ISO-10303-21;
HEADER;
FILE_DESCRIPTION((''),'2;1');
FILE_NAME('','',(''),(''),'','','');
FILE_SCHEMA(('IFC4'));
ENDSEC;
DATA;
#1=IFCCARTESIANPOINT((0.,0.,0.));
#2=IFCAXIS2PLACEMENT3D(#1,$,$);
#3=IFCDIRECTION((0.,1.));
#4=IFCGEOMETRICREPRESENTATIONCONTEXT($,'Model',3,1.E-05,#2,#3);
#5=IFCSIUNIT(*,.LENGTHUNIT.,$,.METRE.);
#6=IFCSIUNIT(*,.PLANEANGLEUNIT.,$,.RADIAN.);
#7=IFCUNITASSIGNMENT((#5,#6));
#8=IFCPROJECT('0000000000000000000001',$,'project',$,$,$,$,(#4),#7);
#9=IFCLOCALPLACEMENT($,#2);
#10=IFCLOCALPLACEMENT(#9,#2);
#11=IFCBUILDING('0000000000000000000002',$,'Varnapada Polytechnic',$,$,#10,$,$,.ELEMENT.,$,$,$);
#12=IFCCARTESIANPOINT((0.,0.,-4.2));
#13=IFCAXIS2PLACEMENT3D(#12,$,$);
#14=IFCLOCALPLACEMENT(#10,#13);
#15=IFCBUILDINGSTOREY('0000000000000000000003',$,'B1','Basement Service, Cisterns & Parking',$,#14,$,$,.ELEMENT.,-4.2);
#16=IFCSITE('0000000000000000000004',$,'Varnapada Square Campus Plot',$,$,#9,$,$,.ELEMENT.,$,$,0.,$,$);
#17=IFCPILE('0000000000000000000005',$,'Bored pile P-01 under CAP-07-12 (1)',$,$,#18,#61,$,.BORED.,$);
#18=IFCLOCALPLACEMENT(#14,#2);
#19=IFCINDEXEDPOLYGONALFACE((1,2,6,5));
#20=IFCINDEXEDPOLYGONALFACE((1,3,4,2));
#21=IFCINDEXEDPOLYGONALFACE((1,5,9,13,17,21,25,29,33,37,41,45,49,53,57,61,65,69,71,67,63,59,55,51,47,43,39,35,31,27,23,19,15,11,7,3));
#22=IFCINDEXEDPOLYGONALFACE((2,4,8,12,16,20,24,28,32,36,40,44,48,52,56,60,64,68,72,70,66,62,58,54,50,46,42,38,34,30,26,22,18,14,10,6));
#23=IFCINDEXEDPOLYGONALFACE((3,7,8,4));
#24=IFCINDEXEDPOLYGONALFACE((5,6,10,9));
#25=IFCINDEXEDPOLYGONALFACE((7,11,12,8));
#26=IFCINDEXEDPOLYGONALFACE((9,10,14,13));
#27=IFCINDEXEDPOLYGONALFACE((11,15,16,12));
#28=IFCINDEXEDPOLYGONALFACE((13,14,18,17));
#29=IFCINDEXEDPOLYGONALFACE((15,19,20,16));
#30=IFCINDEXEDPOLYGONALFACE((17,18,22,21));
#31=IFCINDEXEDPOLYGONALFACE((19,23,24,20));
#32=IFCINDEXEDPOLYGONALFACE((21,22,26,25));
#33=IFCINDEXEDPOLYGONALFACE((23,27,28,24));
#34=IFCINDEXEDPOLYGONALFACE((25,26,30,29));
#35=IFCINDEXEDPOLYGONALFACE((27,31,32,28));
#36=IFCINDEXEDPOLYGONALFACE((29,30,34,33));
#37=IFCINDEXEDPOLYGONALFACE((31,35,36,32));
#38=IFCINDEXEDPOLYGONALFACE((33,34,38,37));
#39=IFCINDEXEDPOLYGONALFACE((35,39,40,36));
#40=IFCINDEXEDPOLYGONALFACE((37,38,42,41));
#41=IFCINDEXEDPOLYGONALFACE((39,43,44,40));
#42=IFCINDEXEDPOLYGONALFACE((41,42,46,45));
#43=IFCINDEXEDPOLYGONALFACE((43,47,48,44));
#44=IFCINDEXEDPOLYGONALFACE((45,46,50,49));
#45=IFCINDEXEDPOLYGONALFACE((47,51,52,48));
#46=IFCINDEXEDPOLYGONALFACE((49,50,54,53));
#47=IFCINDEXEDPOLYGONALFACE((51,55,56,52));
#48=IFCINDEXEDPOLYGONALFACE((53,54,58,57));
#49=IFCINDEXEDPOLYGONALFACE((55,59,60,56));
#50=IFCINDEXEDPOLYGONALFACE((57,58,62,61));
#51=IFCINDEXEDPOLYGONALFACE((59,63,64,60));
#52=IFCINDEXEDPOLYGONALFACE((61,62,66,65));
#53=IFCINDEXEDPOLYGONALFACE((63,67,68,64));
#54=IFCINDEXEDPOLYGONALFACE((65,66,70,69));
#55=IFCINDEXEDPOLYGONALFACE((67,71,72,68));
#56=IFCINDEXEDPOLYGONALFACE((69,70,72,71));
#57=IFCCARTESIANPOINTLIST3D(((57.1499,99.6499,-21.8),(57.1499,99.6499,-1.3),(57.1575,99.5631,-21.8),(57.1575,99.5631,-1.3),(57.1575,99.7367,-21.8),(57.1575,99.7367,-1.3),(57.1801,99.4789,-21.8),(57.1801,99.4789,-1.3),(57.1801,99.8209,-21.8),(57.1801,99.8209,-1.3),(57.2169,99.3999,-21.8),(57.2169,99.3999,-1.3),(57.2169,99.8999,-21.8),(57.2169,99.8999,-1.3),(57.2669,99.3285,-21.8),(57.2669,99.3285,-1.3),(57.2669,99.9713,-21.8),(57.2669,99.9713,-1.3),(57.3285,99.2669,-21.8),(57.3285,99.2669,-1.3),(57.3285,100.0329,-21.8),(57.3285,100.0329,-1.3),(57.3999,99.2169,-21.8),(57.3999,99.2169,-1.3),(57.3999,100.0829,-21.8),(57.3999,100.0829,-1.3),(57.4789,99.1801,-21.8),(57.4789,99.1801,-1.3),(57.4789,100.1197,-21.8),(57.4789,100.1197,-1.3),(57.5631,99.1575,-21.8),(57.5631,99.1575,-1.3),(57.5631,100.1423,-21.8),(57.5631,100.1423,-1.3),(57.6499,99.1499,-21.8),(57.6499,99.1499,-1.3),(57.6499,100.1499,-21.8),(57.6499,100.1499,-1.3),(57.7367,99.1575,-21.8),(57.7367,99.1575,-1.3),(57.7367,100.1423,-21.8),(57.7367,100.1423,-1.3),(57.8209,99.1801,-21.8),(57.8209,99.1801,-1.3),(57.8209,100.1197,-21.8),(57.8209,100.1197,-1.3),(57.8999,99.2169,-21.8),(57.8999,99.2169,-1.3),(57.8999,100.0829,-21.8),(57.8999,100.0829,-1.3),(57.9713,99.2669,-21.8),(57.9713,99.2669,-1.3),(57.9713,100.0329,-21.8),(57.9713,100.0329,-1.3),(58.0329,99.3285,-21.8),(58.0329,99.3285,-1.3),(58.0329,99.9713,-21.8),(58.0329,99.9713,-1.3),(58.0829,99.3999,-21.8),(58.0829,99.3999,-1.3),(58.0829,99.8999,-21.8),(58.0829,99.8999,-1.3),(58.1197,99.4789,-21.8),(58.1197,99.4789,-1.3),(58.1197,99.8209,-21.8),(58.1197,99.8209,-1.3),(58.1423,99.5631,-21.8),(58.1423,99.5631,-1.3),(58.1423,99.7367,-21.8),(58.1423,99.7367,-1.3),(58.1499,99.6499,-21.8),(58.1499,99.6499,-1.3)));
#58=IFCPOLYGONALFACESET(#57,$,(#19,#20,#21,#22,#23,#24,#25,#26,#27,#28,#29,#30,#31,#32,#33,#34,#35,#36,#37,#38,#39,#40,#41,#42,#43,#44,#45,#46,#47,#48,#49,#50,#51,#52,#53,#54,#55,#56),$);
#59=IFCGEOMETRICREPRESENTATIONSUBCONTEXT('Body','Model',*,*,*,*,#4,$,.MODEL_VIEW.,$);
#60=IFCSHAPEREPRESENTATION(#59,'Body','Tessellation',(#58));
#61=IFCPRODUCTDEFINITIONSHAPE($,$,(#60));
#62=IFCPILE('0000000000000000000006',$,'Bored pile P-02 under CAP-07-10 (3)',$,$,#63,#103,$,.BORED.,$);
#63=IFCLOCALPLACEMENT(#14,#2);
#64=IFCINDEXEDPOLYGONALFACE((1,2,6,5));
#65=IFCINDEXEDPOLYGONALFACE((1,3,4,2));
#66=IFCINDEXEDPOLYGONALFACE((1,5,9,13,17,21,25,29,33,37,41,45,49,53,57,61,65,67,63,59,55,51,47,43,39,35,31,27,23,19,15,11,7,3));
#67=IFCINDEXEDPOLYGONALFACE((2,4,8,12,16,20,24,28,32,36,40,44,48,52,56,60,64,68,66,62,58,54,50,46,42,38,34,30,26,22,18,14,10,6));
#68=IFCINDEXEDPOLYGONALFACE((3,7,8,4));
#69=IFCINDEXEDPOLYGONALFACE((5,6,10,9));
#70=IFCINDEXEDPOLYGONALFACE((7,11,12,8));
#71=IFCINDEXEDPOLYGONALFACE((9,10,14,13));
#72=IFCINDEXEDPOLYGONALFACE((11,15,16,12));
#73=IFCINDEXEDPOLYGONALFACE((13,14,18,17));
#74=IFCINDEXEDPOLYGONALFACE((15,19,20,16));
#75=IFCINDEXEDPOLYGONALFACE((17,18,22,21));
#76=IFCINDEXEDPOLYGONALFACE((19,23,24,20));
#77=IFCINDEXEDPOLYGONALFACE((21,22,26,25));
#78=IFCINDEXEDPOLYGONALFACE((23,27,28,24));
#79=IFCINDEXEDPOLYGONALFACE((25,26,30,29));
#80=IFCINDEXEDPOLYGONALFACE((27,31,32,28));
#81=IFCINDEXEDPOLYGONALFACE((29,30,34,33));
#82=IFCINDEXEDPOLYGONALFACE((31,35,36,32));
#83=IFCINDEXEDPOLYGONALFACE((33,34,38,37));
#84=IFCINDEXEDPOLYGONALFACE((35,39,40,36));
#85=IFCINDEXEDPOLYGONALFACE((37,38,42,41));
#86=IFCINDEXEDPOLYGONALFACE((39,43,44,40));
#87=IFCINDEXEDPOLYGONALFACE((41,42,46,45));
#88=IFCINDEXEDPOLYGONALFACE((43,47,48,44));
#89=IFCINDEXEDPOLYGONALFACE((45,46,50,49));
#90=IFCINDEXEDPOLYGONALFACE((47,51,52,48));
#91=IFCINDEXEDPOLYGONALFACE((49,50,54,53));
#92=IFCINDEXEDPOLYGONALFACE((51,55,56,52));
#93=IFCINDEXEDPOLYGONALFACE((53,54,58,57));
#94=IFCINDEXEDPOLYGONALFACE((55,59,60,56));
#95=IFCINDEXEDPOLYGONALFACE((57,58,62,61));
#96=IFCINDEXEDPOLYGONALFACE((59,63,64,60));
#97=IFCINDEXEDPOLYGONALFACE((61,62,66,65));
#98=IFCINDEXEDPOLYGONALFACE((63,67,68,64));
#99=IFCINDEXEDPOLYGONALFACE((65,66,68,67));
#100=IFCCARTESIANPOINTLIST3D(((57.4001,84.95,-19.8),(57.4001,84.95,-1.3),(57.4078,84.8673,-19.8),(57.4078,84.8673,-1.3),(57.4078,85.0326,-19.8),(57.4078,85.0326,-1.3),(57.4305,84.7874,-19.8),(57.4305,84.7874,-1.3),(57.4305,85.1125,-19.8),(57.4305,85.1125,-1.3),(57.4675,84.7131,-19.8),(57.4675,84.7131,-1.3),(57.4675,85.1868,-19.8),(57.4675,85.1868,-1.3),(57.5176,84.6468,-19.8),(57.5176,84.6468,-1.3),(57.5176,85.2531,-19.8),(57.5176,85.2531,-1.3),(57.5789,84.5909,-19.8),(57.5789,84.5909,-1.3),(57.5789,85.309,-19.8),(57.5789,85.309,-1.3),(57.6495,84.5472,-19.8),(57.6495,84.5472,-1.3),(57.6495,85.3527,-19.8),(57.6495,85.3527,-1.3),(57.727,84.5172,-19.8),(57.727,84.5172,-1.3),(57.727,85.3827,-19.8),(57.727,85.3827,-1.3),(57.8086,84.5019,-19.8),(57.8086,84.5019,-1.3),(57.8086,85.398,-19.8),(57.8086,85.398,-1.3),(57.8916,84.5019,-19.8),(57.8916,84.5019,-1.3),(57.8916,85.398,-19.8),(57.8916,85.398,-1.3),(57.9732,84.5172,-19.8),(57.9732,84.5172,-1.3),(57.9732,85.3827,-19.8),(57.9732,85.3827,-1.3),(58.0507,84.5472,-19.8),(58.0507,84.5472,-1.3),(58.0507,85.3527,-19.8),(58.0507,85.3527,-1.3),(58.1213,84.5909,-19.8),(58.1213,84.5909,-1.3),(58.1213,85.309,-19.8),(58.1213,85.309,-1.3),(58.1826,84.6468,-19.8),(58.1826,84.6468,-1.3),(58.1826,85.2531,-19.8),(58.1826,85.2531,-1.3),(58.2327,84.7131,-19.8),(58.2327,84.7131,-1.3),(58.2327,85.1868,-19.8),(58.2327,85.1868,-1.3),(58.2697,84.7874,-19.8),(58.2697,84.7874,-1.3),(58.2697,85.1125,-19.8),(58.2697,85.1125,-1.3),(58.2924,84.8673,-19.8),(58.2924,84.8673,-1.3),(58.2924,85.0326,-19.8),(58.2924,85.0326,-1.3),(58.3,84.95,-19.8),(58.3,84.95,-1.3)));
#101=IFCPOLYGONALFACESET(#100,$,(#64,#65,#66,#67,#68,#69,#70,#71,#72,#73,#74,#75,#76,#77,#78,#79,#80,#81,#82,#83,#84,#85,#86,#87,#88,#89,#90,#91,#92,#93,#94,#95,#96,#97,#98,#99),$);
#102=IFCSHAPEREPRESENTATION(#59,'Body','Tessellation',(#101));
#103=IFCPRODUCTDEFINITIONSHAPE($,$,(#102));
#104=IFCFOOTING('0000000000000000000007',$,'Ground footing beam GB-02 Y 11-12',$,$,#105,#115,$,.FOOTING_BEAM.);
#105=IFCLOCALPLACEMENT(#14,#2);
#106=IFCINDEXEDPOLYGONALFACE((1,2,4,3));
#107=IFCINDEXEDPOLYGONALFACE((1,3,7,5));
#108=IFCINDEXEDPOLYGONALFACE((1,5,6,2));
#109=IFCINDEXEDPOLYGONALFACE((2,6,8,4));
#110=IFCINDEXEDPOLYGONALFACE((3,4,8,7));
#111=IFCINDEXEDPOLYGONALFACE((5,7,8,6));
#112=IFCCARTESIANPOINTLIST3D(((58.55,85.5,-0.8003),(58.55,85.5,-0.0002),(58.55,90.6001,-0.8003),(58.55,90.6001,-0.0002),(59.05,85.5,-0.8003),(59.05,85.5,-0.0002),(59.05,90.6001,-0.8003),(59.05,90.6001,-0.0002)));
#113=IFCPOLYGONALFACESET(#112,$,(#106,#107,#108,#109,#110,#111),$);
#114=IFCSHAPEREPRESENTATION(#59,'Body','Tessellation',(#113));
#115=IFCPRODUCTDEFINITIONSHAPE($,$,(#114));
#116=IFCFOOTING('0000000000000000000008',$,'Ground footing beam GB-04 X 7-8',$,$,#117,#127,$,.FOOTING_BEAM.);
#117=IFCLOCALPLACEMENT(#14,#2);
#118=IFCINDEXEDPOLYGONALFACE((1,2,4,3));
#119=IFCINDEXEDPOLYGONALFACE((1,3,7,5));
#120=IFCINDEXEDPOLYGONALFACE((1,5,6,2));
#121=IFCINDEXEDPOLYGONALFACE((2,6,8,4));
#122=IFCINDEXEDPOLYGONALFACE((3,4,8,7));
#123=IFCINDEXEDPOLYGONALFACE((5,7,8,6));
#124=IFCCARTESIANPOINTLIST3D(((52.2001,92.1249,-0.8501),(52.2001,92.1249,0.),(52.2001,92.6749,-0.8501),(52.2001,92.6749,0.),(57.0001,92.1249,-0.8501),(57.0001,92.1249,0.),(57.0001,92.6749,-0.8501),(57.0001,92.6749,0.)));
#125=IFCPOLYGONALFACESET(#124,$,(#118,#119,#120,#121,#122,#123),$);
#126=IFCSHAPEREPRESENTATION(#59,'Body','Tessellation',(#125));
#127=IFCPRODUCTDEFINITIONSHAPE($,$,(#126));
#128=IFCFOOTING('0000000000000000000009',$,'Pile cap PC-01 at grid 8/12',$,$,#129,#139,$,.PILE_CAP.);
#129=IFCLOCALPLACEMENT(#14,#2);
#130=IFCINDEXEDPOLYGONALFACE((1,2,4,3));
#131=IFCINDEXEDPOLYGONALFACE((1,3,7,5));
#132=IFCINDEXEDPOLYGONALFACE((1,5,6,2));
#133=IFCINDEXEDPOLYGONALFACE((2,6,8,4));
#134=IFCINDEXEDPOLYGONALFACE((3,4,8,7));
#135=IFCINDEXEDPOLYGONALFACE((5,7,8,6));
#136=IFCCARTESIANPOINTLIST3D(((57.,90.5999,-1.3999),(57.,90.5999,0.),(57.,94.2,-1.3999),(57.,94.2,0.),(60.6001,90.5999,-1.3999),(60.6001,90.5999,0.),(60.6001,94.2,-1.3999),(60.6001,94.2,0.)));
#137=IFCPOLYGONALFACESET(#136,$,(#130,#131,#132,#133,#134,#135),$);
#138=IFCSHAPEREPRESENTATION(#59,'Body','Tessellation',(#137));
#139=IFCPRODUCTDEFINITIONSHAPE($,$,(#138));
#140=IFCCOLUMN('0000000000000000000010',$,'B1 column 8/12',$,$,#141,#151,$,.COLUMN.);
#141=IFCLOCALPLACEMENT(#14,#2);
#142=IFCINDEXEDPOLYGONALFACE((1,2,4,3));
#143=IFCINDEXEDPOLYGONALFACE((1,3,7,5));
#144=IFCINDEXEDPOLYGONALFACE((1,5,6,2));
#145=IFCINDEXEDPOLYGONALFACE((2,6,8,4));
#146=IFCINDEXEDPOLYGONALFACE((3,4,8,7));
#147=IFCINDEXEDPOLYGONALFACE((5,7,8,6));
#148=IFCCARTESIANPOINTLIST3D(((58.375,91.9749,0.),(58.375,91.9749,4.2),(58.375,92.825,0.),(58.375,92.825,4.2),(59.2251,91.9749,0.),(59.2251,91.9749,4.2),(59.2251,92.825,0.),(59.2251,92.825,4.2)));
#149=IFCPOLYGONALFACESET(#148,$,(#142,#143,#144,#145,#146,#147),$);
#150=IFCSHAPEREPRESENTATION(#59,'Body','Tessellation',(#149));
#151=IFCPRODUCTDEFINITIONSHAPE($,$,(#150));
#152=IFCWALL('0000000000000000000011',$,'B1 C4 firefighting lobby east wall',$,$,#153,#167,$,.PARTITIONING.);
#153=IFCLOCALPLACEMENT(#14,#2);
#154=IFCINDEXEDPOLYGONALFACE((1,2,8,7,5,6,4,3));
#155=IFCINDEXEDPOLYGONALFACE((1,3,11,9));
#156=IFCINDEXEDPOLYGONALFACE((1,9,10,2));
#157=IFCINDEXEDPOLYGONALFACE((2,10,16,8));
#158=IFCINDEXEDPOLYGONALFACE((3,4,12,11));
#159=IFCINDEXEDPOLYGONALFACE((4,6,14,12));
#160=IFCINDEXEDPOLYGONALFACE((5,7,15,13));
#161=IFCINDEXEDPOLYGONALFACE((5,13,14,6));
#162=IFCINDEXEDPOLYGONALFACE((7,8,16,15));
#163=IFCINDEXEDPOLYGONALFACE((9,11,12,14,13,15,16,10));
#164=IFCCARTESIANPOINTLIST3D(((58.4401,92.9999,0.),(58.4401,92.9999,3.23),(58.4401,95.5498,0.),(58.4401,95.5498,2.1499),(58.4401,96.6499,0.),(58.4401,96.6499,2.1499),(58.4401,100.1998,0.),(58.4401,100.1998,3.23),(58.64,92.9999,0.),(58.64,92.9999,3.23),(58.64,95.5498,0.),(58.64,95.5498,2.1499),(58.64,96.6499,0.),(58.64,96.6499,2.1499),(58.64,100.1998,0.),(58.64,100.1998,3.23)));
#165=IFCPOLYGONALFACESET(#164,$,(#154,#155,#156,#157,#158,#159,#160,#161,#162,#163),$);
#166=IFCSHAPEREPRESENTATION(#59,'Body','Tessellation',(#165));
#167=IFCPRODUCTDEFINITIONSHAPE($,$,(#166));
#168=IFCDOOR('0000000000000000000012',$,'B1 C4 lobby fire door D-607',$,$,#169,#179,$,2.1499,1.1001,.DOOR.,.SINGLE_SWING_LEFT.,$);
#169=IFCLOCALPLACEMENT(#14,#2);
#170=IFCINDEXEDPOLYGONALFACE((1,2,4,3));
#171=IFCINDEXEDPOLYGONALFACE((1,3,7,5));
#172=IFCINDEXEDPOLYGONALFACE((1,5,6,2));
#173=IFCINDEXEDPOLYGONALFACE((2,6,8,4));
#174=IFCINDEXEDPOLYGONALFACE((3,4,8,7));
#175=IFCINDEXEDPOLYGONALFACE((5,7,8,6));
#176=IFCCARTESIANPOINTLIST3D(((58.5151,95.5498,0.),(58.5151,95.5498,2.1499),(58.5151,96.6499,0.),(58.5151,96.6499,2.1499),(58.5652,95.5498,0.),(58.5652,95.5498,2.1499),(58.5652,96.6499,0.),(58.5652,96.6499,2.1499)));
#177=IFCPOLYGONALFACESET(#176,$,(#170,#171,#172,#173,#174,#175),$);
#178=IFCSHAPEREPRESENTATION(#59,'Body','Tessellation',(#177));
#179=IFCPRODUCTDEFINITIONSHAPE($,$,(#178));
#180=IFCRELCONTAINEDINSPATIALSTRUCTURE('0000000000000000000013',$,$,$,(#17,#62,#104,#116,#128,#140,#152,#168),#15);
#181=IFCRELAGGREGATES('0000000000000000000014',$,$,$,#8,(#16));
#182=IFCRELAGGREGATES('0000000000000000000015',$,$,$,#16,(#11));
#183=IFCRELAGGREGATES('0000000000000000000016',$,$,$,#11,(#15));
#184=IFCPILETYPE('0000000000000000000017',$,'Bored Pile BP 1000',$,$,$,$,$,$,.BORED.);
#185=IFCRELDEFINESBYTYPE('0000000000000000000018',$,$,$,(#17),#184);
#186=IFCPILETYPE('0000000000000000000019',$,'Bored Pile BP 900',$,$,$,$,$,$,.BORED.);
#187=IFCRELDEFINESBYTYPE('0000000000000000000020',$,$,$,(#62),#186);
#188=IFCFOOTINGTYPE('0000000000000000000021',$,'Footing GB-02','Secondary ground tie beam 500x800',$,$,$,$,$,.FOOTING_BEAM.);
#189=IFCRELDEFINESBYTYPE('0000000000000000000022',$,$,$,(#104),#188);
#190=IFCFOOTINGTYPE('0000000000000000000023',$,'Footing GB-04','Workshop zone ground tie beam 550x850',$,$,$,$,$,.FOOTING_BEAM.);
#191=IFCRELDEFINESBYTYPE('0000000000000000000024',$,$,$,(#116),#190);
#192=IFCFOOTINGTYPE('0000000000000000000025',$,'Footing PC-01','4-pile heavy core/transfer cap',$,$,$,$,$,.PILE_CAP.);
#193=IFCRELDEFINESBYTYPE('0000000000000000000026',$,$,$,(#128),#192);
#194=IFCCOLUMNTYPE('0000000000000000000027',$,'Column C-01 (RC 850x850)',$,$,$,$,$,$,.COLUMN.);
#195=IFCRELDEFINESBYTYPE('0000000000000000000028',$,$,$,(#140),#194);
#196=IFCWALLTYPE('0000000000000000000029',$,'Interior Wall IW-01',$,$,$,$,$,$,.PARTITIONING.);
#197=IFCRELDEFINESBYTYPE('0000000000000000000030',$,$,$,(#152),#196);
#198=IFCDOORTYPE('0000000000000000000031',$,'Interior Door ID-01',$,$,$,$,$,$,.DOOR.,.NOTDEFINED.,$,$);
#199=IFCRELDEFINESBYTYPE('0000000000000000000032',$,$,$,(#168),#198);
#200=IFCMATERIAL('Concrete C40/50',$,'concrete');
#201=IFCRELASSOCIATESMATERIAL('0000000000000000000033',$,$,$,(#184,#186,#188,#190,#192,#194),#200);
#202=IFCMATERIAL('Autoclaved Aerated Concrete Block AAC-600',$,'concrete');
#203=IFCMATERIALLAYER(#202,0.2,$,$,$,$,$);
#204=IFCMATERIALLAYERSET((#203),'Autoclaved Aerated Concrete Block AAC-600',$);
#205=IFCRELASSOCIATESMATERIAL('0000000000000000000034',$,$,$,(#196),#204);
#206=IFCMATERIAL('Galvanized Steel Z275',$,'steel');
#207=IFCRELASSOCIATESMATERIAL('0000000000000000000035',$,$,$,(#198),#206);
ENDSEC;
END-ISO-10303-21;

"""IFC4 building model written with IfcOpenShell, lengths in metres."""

from ifc_helpers import new_model, si_unit, direction, frame, frame_2d, origin, origin_2d, place, context, subcontext, project, spatial, rectangle, circle, extrude, material, layer, layer_set, material_profile, profile_set, type_object, element, fill, save


model = new_model("IFC4")

# Units and contexts
model_context = context("Model", 3, precision=1e-05, world=origin(), true_north=direction((0.0, 1.0)))
body_context = subcontext(model_context, "Body", "Model", "MODEL_VIEW")
ifc_project = project(units=[si_unit("LENGTHUNIT", "METRE"), si_unit("PLANEANGLEUNIT", "RADIAN")], contexts=[model_context])

# Site, building, storey
site_placement = place(None, origin())
site = spatial("IfcSite", under=ifc_project, at=site_placement, Name="Varnapada Square Campus Plot", CompositionType="ELEMENT", RefElevation=0.0)
building_placement = place(site_placement, origin())
building = spatial("IfcBuilding", under=site, at=building_placement, Name="Varnapada Polytechnic", CompositionType="ELEMENT")
storey_placement = place(building_placement, frame((0.0, 0.0, -4.2)))
storey = spatial("IfcBuildingStorey", under=building, at=storey_placement, Name="B1", Description="Basement Service, Cisterns & Parking", CompositionType="ELEMENT", Elevation=-4.2)

# Piles
ifc_material_1 = material(Name="Concrete C40/50", Category="concrete")
ifc_material_profile_1 = material_profile(ifc_material_1, circle(Radius=0.5, at=origin_2d()), Name="BP 1000")
ifc_profile_set_1 = profile_set([ifc_material_profile_1], Name="Concrete C40/50")
pile_type_1 = type_object("IfcPileType", Name="Bored Pile BP 1000", PredefinedType="BORED", material=ifc_profile_set_1)
for number, where, z_axis, x_axis, name in (
    (1, (57.6499, 99.6499, -1.3), (0.0, 0.0, -1.0), (1.0, 0.0, 0.0), "Bored pile P-01 under CAP-07-12 (1)"),
):
    element("IfcPile", number, at=place(storey_placement, frame(where, z_axis=z_axis, x_axis=x_axis)), inside=storey, type_object=pile_type_1, Name=name, PredefinedType="BORED", context=body_context, shape_type="SweptSolid", body=[
        extrude(circle(Radius=0.5, at=origin_2d()), origin(), (0.0, 0.0, 1.0), 20.5),
    ])
ifc_material_profile_2 = material_profile(ifc_material_1, circle(Radius=0.45, at=origin_2d()), Name="BP 900")
ifc_profile_set_2 = profile_set([ifc_material_profile_2], Name="Concrete C40/50")
pile_type_2 = type_object("IfcPileType", Name="Bored Pile BP 900", PredefinedType="BORED", material=ifc_profile_set_2)
pile_placement = place(storey_placement, frame((57.8501, 84.95, -1.3), z_axis=(0.0, 0.0, -1.0), x_axis=(1.0, 0.0, 0.0)))
element("IfcPile", 2, at=pile_placement, inside=storey, type_object=pile_type_2, Name="Bored pile P-02 under CAP-07-10 (3)", PredefinedType="BORED", context=body_context, shape_type="SweptSolid", body=[
    extrude(circle(Radius=0.45, at=origin_2d()), origin(), (0.0, 0.0, 1.0), 18.5),
])

# Footings
footing_type_1 = type_object("IfcFootingType", Name="Footing GB-02", Description="Secondary ground tie beam 500x800", PredefinedType="FOOTING_BEAM", material=ifc_material_1)
footing_1_placement = place(storey_placement, frame((58.8, 88.05, -0.8003), z_axis=(0.0, 0.0, 1.0), x_axis=(0.0, 1.0, 0.0)))
element("IfcFooting", 3, at=footing_1_placement, inside=storey, type_object=footing_type_1, Name="Ground footing beam GB-02 Y 11-12", PredefinedType="FOOTING_BEAM", context=body_context, shape_type="SweptSolid", body=[
    extrude(rectangle(XDim=5.1001, YDim=0.5, at=origin_2d()), origin(), (0.0, 0.0, 1.0), 0.8),
])
footing_type_2 = type_object("IfcFootingType", Name="Footing GB-04", Description="Workshop zone ground tie beam 550x850", PredefinedType="FOOTING_BEAM", material=ifc_material_1)
footing_2_placement = place(storey_placement, frame((54.6001, 92.3999, -0.8501), z_axis=(0.0, 0.0, 1.0), x_axis=(1.0, 0.0, 0.0)))
element("IfcFooting", 4, at=footing_2_placement, inside=storey, type_object=footing_type_2, Name="Ground footing beam GB-04 X 7-8", PredefinedType="FOOTING_BEAM", context=body_context, shape_type="SweptSolid", body=[
    extrude(rectangle(XDim=4.8, YDim=0.55, at=origin_2d()), origin(), (0.0, 0.0, 1.0), 0.8501),
])
footing_type_3 = type_object("IfcFootingType", Name="Footing PC-01", Description="4-pile heavy core/transfer cap", PredefinedType="PILE_CAP", material=ifc_material_1)
footing_3_placement = place(storey_placement, frame((58.8, 92.3999, -1.3999), z_axis=(0.0, 0.0, 1.0), x_axis=(1.0, 0.0, 0.0)))
element("IfcFooting", 5, at=footing_3_placement, inside=storey, type_object=footing_type_3, Name="Pile cap PC-01 at grid 8/12", PredefinedType="PILE_CAP", context=body_context, shape_type="SweptSolid", body=[
    extrude(rectangle(XDim=3.6001, YDim=3.6001, at=origin_2d()), origin(), (0.0, 0.0, 1.0), 1.3999),
])

# Column
ifc_material_profile_3 = material_profile(ifc_material_1, rectangle(XDim=0.8501, YDim=0.8501, at=origin_2d()), Name="RC 850x850")
ifc_profile_set_3 = profile_set([ifc_material_profile_3], Name="Concrete C40/50")
column_type = type_object("IfcColumnType", Name="Column C-01 (RC 850x850)", PredefinedType="COLUMN", material=ifc_profile_set_3)
column_placement = place(storey_placement, frame((58.8, 92.3999, 0.0), z_axis=(0.0, 0.0, 1.0), x_axis=(1.0, 0.0, 0.0)))
element("IfcColumn", 6, at=column_placement, inside=storey, type_object=column_type, Name="B1 column 8/12", PredefinedType="COLUMN", context=body_context, shape_type="SweptSolid", body=[
    extrude(rectangle(XDim=0.8501, YDim=0.8501, at=origin_2d()), origin(), (0.0, 0.0, 1.0), 4.2),
])

# Wall, opening, door
ifc_material_2 = material(Name="Autoclaved Aerated Concrete Block AAC-600", Category="concrete")
ifc_layer_1 = layer(ifc_material_2, 0.2)
ifc_layer_set_1 = layer_set([ifc_layer_1], Name="Autoclaved Aerated Concrete Block AAC-600")
wall_type_1 = type_object("IfcWallType", Name="Interior Wall IW-01", PredefinedType="PARTITIONING", material=ifc_layer_set_1)
wall_1_placement = place(storey_placement, frame((58.54, 100.2, 0.0), z_axis=(0.0, 0.0, 1.0), x_axis=(0.0, -1.0, 0.0)))
wall_1 = element("IfcWall", 7, at=wall_1_placement, inside=storey, type_object=wall_type_1, Name="B1 C4 firefighting lobby east wall", PredefinedType="PARTITIONING", context=body_context, shape_type="SweptSolid", body=[
    extrude(rectangle(XDim=7.2, YDim=0.2, at=frame_2d((3.6001, 0.0))), origin(), (0.0, 0.0, 1.0), 3.23),
])
opening_1_placement = place(wall_1_placement, frame((3.55, 0.0, 0.0)))
opening_1 = element("IfcOpeningElement", 8, at=opening_1_placement, cuts=wall_1, PredefinedType="OPENING", context=body_context, shape_type="SweptSolid", body=[
    extrude(rectangle(XDim=1.1001, YDim=2.1499, at=frame_2d((0.55, 1.075))), frame((0.0, 0.1099, 0.0), z_axis=(0.0, -1.0, 0.0), x_axis=(1.0, 0.0, 0.0)), (0.0, 0.0, 1.0), 0.22),
])
ifc_material_3 = material(Name="Galvanized Steel Z275", Category="steel")
door_type_1 = type_object("IfcDoorType", Name="Interior Door ID-01", OperationType="NOTDEFINED", PredefinedType="DOOR", material=ifc_material_3)
door_1_placement = place(opening_1_placement, frame((1.1001, 0.0, 0.0), z_axis=(0.0, 0.0, 1.0), x_axis=(-1.0, 0.0, 0.0)))
door_1 = element("IfcDoor", 9, at=door_1_placement, inside=storey, type_object=door_type_1, Name="B1 C4 lobby fire door D-607", OperationType="SINGLE_SWING_LEFT", OverallHeight=2.1499, OverallWidth=1.1001, PredefinedType="DOOR", context=body_context, shape_type="SweptSolid", body=[
    extrude(rectangle(XDim=1.1001, YDim=2.1499, at=frame_2d((0.55, 1.075))), frame((0.0, 0.0249, 0.0), z_axis=(0.0, -1.0, 0.0), x_axis=(1.0, 0.0, 0.0)), (0.0, 0.0, 1.0), 0.05),
])
fill(opening_1, door_1)

save(model, "model.ifc")
